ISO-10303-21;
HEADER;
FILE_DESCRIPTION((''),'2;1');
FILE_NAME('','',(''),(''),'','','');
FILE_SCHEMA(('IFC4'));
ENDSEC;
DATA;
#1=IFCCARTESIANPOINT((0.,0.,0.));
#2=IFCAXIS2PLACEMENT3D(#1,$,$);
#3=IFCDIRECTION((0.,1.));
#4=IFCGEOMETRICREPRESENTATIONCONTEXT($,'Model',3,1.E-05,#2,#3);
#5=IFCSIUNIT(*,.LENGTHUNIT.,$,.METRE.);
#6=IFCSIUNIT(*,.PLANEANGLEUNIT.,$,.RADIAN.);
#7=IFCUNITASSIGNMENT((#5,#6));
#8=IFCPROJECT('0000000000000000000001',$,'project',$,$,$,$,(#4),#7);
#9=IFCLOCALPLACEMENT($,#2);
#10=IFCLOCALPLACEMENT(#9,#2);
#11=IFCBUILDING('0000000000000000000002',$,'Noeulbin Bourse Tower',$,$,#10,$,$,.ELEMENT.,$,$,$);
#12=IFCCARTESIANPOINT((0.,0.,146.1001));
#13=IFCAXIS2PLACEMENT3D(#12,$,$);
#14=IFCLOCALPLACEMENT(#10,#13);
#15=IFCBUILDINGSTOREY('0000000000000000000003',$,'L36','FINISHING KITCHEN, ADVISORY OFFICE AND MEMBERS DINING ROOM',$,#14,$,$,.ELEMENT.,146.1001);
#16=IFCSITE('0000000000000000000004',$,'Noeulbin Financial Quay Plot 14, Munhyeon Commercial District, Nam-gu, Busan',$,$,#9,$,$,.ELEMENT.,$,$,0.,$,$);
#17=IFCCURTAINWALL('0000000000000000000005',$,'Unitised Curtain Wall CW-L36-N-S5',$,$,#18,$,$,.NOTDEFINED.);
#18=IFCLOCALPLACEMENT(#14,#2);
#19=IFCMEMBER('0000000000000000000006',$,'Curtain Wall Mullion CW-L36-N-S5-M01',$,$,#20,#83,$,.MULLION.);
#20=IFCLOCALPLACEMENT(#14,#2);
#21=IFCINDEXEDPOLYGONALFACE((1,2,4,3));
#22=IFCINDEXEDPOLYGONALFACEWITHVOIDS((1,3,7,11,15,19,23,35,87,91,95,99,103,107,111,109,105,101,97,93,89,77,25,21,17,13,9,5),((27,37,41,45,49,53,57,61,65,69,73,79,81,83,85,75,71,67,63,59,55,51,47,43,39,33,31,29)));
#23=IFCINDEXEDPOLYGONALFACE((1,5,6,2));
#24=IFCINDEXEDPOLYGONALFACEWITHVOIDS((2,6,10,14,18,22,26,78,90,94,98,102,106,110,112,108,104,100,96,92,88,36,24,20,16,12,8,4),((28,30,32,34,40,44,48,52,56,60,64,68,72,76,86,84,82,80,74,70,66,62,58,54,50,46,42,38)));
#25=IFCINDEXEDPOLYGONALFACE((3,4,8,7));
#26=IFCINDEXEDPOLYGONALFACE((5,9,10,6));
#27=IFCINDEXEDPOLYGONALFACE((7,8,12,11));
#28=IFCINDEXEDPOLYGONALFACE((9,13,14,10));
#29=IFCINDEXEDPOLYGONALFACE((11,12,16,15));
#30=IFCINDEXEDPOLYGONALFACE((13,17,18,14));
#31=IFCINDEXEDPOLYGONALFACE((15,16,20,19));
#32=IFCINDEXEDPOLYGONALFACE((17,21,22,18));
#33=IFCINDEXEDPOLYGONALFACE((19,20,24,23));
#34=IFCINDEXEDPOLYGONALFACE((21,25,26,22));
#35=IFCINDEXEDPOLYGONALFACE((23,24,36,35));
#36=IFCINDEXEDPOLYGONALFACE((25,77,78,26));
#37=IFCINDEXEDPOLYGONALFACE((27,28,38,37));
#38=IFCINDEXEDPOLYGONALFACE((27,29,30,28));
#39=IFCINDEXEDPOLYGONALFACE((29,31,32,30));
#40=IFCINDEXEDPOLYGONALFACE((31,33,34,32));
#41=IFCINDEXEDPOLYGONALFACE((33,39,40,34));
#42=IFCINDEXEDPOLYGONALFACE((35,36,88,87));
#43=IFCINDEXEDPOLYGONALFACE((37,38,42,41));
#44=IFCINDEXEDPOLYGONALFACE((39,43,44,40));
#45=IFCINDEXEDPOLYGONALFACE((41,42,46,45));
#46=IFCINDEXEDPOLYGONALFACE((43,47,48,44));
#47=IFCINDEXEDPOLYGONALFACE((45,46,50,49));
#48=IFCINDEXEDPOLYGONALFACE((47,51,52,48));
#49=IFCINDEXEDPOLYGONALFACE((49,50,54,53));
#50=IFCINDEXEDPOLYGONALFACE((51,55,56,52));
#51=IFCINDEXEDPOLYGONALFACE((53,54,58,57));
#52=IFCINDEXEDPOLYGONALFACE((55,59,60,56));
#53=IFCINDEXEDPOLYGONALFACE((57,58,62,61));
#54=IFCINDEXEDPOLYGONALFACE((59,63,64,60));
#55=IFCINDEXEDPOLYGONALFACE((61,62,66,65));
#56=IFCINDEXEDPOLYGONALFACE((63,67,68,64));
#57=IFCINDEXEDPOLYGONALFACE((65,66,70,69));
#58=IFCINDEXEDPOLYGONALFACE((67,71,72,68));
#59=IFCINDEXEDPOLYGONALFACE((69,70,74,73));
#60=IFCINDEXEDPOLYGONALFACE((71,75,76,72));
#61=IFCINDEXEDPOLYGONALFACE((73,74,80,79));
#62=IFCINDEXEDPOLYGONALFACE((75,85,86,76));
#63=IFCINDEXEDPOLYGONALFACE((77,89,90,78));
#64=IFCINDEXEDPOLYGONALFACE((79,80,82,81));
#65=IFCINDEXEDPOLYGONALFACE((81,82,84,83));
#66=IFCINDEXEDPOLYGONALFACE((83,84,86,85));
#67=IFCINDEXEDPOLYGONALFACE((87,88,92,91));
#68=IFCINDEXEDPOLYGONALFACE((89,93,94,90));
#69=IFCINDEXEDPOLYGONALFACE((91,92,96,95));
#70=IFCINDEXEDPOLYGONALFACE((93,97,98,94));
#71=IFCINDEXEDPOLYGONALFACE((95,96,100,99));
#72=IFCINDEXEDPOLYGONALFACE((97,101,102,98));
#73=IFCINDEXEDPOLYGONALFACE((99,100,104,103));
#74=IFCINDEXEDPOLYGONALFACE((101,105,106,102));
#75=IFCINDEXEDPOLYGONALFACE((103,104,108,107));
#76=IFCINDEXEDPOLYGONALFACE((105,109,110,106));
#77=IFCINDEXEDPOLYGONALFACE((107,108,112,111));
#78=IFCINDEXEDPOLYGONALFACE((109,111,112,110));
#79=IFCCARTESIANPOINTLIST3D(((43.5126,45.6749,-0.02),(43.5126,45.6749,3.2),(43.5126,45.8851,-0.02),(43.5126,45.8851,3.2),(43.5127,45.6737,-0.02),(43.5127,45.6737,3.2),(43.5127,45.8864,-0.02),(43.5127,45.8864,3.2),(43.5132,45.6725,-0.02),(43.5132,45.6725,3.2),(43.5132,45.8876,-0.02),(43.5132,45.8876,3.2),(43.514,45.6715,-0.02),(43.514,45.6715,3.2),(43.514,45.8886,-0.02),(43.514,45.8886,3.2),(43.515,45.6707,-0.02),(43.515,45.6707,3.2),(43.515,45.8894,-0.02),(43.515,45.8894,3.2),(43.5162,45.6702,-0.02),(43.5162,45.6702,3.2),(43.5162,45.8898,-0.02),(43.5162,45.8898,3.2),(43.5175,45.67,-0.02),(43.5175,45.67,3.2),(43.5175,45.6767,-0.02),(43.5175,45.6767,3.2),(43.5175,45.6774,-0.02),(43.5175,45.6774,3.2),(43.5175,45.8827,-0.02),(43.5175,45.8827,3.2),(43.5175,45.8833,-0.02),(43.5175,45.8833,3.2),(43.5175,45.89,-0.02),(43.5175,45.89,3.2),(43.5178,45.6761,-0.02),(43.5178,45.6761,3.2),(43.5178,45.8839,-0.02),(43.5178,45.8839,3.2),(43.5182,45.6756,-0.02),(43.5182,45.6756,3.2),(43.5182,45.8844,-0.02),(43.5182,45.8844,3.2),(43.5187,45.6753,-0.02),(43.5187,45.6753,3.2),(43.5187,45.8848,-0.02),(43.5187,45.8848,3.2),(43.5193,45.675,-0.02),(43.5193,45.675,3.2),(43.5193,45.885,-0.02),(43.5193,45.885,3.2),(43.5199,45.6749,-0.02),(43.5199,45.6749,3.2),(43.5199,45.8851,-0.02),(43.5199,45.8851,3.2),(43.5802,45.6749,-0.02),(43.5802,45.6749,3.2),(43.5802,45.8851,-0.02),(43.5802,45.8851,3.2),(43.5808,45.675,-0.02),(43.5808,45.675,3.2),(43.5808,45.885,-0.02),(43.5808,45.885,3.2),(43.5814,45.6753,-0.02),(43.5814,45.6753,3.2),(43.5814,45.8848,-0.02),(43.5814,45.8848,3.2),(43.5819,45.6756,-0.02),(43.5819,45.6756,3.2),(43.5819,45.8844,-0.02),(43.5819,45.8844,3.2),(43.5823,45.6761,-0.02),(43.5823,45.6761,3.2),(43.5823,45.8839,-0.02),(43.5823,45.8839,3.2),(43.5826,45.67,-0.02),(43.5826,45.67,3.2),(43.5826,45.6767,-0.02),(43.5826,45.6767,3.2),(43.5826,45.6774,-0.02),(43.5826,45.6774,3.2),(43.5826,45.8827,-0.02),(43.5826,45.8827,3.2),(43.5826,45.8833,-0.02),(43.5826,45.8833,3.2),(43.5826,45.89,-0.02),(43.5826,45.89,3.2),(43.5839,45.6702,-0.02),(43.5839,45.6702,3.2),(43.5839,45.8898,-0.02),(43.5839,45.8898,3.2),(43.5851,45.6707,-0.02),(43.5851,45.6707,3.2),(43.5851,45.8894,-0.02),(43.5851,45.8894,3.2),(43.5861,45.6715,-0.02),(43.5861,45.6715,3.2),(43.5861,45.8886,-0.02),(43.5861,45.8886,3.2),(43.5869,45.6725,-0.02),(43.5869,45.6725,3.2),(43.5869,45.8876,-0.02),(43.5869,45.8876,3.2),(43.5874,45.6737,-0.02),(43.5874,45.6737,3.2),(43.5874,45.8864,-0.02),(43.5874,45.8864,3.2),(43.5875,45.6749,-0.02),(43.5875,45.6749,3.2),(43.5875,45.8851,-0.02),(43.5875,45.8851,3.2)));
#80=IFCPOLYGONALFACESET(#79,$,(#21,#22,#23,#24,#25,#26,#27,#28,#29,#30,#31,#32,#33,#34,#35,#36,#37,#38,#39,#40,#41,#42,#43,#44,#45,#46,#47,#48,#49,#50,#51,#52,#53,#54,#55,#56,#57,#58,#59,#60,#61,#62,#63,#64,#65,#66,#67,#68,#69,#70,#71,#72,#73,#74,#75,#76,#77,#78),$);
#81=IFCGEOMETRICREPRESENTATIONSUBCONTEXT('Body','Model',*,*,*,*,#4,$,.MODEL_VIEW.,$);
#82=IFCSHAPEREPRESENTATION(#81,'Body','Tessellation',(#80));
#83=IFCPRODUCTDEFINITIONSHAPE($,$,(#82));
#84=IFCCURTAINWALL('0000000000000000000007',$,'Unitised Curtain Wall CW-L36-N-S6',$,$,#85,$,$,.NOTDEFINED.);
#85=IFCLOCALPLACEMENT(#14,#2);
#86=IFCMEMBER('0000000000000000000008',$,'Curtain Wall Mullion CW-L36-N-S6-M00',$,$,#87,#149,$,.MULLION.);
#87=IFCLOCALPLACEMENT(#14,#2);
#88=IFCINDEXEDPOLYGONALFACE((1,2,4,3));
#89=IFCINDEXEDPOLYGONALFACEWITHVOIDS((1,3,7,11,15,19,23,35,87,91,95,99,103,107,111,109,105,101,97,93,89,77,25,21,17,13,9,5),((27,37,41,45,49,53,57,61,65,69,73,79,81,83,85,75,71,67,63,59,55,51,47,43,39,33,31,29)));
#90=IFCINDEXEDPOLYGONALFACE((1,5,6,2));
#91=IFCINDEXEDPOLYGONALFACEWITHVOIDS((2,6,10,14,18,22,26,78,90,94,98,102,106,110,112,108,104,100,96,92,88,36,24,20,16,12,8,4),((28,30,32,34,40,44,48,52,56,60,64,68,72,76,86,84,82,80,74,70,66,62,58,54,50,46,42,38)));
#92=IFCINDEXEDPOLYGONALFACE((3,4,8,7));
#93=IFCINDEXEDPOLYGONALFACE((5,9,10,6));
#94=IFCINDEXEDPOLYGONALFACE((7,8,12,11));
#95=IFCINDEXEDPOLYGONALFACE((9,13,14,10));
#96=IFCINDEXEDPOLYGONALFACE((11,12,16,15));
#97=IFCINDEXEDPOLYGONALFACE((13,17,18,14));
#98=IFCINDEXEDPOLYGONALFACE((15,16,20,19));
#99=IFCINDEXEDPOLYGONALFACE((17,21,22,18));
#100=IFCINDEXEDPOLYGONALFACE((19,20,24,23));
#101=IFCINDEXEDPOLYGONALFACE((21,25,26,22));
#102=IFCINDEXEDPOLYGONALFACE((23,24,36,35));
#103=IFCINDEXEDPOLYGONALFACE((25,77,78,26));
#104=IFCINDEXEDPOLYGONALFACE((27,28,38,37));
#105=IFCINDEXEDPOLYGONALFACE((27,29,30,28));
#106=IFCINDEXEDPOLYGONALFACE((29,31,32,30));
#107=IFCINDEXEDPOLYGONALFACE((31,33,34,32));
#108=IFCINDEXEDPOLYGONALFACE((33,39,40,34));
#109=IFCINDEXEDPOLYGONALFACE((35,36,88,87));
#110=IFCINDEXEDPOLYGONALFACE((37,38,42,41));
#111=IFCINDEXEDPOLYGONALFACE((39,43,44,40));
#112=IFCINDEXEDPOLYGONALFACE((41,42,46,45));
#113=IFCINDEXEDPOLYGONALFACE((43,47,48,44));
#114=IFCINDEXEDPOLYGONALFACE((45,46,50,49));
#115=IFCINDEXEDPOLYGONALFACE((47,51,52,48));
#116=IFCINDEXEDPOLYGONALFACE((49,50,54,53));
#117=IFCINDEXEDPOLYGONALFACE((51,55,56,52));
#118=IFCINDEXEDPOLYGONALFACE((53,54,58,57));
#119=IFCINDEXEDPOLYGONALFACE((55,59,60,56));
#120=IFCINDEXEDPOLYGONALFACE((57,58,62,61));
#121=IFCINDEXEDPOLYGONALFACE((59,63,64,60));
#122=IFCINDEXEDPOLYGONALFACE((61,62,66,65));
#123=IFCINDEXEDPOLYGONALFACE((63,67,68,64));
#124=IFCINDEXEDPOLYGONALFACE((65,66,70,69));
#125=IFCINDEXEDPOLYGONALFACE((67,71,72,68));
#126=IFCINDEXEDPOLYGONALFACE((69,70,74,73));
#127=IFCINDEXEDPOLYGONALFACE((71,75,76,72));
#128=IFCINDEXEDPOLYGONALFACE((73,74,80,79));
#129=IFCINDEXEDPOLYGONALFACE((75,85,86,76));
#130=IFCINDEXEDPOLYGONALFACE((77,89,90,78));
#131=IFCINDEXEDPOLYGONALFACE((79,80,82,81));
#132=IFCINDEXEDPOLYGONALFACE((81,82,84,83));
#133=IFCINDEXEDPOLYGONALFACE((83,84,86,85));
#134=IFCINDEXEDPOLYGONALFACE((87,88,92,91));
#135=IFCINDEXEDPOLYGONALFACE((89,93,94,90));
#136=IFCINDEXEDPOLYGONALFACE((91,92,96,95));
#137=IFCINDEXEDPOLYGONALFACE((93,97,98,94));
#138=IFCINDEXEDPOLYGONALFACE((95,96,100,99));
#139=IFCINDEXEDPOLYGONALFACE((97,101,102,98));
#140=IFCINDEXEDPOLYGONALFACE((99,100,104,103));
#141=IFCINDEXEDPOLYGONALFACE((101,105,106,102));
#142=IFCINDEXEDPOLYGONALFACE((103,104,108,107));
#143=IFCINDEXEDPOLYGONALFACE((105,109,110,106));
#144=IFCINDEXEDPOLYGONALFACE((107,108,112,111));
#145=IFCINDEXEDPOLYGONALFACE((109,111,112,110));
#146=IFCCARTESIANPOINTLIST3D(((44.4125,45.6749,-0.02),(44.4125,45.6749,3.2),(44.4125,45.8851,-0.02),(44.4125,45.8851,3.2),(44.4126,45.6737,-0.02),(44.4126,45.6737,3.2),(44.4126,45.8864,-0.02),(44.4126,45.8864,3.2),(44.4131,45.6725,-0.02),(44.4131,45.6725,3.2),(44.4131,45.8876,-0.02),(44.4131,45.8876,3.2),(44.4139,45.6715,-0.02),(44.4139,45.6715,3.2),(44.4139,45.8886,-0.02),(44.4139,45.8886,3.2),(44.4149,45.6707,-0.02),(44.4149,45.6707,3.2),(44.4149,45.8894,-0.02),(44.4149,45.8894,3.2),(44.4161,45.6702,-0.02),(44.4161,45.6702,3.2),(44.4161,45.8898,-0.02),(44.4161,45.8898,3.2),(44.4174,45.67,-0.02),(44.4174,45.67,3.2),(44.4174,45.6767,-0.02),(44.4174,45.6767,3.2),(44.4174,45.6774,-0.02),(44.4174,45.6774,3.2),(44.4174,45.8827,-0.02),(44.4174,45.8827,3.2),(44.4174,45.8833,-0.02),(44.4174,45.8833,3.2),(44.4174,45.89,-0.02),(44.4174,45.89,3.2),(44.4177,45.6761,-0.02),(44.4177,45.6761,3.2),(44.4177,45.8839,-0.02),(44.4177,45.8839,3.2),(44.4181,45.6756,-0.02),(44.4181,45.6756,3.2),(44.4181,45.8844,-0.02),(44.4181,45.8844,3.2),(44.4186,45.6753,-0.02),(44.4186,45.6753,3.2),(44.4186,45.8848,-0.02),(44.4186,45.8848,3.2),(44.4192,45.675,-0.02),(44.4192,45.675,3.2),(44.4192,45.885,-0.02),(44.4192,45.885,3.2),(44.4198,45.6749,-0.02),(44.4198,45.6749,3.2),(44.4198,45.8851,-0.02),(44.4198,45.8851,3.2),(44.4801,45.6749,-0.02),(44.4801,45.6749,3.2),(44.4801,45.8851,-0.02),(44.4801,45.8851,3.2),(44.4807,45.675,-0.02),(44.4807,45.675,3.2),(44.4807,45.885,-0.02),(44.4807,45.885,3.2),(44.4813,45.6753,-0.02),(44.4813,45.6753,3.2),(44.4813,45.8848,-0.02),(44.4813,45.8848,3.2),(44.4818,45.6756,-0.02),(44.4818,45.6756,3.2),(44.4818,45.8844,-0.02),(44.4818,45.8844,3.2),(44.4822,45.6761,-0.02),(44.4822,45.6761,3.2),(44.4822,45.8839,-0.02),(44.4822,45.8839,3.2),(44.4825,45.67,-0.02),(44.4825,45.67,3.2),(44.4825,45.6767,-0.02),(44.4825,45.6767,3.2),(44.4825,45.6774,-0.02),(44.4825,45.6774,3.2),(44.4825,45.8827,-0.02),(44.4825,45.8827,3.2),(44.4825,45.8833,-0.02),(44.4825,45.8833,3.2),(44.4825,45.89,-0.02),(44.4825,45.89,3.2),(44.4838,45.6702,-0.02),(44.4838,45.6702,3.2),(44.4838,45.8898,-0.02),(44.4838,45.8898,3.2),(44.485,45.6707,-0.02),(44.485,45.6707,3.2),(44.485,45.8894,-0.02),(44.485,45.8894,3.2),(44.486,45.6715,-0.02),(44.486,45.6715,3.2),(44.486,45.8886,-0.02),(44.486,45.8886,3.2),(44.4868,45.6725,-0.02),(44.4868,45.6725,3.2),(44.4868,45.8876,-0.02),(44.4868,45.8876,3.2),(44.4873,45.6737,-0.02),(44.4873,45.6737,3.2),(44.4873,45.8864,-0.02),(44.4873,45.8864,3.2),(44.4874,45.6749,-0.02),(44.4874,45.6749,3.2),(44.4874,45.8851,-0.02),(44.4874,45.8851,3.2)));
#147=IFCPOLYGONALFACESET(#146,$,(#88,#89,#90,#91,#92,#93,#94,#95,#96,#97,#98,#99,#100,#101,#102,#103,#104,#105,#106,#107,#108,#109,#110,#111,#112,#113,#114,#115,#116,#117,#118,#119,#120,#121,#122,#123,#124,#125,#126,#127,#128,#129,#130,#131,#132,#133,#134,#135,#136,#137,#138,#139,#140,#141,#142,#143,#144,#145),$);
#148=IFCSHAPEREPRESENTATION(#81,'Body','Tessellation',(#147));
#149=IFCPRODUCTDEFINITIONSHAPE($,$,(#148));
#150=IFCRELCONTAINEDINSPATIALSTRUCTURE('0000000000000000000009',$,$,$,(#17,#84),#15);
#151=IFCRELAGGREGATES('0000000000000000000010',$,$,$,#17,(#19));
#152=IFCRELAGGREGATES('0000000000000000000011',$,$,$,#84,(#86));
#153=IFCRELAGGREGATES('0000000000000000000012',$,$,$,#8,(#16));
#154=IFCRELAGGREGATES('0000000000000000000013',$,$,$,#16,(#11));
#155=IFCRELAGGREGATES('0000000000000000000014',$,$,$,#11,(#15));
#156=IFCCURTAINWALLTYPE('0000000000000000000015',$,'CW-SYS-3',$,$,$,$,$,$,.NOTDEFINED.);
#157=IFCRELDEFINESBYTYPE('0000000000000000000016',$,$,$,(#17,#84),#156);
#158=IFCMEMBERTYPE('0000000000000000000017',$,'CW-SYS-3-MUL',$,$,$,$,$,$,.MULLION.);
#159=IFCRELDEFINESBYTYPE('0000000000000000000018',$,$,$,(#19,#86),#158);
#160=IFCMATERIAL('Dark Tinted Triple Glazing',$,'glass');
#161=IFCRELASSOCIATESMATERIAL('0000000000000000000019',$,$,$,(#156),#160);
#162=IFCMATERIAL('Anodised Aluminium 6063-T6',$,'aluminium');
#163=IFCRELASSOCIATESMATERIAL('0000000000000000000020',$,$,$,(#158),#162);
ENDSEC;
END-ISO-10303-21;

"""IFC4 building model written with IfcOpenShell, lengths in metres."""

from ifc_helpers import new_model, si_unit, direction, frame, origin, origin_2d, place, context, subcontext, project, spatial, hollow_rectangle, extrude, material, material_profile, profile_set, type_object, element, aggregate, save


model = new_model("IFC4")

# Units and contexts
model_context = context("Model", 3, precision=1e-05, world=origin(), true_north=direction((0.0, 1.0)))
body_context = subcontext(model_context, "Body", "Model", "MODEL_VIEW")
ifc_project = project(units=[si_unit("LENGTHUNIT", "METRE"), si_unit("PLANEANGLEUNIT", "RADIAN")], contexts=[model_context])

# Site, building, storey
site_placement = place(None, origin())
site = spatial("IfcSite", under=ifc_project, at=site_placement, Name="Noeulbin Financial Quay Plot 14, Munhyeon Commercial District, Nam-gu, Busan", CompositionType="ELEMENT", RefElevation=0.0)
building_placement = place(site_placement, origin())
building = spatial("IfcBuilding", under=site, at=building_placement, Name="Noeulbin Bourse Tower", CompositionType="ELEMENT")
storey_placement = place(building_placement, frame((0.0, 0.0, 146.1001)))
storey = spatial("IfcBuildingStorey", under=building, at=storey_placement, Name="L36", Description="FINISHING KITCHEN, ADVISORY OFFICE AND MEMBERS DINING ROOM", CompositionType="ELEMENT", Elevation=146.1001)

# Curtain wall, member
ifc_material_1 = material(Name="Dark Tinted Triple Glazing", Category="glass")
curtain_wall_type = type_object("IfcCurtainWallType", Name="CW-SYS-3", PredefinedType="NOTDEFINED", material=ifc_material_1)
curtain_wall_1_placement = place(storey_placement, origin())
curtain_wall_1 = element("IfcCurtainWall", 1, at=curtain_wall_1_placement, inside=storey, type_object=curtain_wall_type, Name="Unitised Curtain Wall CW-L36-N-S5", PredefinedType="NOTDEFINED")
ifc_material_2 = material(Name="Anodised Aluminium 6063-T6", Category="aluminium")
ifc_material_profile_1 = material_profile(ifc_material_2, hollow_rectangle(XDim=0.075, YDim=0.22, WallThickness=0.0049, InnerFilletRadius=0.0024, OuterFilletRadius=0.0049, at=origin_2d()), Name="ALU-MULL-75x220x5", Category="LoadBearing")
ifc_profile_set_1 = profile_set([ifc_material_profile_1], Name="Anodised Aluminium 6063-T6")
member_type_1 = type_object("IfcMemberType", Name="CW-SYS-3-MUL", PredefinedType="MULLION", material=ifc_profile_set_1)
member_1_placement = place(storey_placement, frame((43.55, 45.78, -0.02), z_axis=(0.0, 0.0, 1.0), x_axis=(1.0, 0.0, 0.0)))
member_1 = element("IfcMember", 2, at=member_1_placement, type_object=member_type_1, Name="Curtain Wall Mullion CW-L36-N-S5-M01", PredefinedType="MULLION", context=body_context, shape_type="SweptSolid", body=[
    extrude(hollow_rectangle(XDim=0.075, YDim=0.22, WallThickness=0.0049, InnerFilletRadius=0.0024, OuterFilletRadius=0.0049, at=origin_2d()), origin(), (0.0, 0.0, 1.0), 3.22),
])

# Curtain wall, member
curtain_wall_2_placement = place(storey_placement, origin())
curtain_wall_2 = element("IfcCurtainWall", 3, at=curtain_wall_2_placement, inside=storey, type_object=curtain_wall_type, Name="Unitised Curtain Wall CW-L36-N-S6", PredefinedType="NOTDEFINED")
member_2_placement = place(storey_placement, frame((44.45, 45.78, -0.02), z_axis=(0.0, 0.0, 1.0), x_axis=(1.0, 0.0, 0.0)))
member_2 = element("IfcMember", 4, at=member_2_placement, type_object=member_type_1, Name="Curtain Wall Mullion CW-L36-N-S6-M00", PredefinedType="MULLION", context=body_context, shape_type="SweptSolid", body=[
    extrude(hollow_rectangle(XDim=0.075, YDim=0.22, WallThickness=0.0049, InnerFilletRadius=0.0024, OuterFilletRadius=0.0049, at=origin_2d()), origin(), (0.0, 0.0, 1.0), 3.22),
])

aggregate(curtain_wall_1, [member_1])
aggregate(curtain_wall_2, [member_2])

save(model, "model.ifc")
